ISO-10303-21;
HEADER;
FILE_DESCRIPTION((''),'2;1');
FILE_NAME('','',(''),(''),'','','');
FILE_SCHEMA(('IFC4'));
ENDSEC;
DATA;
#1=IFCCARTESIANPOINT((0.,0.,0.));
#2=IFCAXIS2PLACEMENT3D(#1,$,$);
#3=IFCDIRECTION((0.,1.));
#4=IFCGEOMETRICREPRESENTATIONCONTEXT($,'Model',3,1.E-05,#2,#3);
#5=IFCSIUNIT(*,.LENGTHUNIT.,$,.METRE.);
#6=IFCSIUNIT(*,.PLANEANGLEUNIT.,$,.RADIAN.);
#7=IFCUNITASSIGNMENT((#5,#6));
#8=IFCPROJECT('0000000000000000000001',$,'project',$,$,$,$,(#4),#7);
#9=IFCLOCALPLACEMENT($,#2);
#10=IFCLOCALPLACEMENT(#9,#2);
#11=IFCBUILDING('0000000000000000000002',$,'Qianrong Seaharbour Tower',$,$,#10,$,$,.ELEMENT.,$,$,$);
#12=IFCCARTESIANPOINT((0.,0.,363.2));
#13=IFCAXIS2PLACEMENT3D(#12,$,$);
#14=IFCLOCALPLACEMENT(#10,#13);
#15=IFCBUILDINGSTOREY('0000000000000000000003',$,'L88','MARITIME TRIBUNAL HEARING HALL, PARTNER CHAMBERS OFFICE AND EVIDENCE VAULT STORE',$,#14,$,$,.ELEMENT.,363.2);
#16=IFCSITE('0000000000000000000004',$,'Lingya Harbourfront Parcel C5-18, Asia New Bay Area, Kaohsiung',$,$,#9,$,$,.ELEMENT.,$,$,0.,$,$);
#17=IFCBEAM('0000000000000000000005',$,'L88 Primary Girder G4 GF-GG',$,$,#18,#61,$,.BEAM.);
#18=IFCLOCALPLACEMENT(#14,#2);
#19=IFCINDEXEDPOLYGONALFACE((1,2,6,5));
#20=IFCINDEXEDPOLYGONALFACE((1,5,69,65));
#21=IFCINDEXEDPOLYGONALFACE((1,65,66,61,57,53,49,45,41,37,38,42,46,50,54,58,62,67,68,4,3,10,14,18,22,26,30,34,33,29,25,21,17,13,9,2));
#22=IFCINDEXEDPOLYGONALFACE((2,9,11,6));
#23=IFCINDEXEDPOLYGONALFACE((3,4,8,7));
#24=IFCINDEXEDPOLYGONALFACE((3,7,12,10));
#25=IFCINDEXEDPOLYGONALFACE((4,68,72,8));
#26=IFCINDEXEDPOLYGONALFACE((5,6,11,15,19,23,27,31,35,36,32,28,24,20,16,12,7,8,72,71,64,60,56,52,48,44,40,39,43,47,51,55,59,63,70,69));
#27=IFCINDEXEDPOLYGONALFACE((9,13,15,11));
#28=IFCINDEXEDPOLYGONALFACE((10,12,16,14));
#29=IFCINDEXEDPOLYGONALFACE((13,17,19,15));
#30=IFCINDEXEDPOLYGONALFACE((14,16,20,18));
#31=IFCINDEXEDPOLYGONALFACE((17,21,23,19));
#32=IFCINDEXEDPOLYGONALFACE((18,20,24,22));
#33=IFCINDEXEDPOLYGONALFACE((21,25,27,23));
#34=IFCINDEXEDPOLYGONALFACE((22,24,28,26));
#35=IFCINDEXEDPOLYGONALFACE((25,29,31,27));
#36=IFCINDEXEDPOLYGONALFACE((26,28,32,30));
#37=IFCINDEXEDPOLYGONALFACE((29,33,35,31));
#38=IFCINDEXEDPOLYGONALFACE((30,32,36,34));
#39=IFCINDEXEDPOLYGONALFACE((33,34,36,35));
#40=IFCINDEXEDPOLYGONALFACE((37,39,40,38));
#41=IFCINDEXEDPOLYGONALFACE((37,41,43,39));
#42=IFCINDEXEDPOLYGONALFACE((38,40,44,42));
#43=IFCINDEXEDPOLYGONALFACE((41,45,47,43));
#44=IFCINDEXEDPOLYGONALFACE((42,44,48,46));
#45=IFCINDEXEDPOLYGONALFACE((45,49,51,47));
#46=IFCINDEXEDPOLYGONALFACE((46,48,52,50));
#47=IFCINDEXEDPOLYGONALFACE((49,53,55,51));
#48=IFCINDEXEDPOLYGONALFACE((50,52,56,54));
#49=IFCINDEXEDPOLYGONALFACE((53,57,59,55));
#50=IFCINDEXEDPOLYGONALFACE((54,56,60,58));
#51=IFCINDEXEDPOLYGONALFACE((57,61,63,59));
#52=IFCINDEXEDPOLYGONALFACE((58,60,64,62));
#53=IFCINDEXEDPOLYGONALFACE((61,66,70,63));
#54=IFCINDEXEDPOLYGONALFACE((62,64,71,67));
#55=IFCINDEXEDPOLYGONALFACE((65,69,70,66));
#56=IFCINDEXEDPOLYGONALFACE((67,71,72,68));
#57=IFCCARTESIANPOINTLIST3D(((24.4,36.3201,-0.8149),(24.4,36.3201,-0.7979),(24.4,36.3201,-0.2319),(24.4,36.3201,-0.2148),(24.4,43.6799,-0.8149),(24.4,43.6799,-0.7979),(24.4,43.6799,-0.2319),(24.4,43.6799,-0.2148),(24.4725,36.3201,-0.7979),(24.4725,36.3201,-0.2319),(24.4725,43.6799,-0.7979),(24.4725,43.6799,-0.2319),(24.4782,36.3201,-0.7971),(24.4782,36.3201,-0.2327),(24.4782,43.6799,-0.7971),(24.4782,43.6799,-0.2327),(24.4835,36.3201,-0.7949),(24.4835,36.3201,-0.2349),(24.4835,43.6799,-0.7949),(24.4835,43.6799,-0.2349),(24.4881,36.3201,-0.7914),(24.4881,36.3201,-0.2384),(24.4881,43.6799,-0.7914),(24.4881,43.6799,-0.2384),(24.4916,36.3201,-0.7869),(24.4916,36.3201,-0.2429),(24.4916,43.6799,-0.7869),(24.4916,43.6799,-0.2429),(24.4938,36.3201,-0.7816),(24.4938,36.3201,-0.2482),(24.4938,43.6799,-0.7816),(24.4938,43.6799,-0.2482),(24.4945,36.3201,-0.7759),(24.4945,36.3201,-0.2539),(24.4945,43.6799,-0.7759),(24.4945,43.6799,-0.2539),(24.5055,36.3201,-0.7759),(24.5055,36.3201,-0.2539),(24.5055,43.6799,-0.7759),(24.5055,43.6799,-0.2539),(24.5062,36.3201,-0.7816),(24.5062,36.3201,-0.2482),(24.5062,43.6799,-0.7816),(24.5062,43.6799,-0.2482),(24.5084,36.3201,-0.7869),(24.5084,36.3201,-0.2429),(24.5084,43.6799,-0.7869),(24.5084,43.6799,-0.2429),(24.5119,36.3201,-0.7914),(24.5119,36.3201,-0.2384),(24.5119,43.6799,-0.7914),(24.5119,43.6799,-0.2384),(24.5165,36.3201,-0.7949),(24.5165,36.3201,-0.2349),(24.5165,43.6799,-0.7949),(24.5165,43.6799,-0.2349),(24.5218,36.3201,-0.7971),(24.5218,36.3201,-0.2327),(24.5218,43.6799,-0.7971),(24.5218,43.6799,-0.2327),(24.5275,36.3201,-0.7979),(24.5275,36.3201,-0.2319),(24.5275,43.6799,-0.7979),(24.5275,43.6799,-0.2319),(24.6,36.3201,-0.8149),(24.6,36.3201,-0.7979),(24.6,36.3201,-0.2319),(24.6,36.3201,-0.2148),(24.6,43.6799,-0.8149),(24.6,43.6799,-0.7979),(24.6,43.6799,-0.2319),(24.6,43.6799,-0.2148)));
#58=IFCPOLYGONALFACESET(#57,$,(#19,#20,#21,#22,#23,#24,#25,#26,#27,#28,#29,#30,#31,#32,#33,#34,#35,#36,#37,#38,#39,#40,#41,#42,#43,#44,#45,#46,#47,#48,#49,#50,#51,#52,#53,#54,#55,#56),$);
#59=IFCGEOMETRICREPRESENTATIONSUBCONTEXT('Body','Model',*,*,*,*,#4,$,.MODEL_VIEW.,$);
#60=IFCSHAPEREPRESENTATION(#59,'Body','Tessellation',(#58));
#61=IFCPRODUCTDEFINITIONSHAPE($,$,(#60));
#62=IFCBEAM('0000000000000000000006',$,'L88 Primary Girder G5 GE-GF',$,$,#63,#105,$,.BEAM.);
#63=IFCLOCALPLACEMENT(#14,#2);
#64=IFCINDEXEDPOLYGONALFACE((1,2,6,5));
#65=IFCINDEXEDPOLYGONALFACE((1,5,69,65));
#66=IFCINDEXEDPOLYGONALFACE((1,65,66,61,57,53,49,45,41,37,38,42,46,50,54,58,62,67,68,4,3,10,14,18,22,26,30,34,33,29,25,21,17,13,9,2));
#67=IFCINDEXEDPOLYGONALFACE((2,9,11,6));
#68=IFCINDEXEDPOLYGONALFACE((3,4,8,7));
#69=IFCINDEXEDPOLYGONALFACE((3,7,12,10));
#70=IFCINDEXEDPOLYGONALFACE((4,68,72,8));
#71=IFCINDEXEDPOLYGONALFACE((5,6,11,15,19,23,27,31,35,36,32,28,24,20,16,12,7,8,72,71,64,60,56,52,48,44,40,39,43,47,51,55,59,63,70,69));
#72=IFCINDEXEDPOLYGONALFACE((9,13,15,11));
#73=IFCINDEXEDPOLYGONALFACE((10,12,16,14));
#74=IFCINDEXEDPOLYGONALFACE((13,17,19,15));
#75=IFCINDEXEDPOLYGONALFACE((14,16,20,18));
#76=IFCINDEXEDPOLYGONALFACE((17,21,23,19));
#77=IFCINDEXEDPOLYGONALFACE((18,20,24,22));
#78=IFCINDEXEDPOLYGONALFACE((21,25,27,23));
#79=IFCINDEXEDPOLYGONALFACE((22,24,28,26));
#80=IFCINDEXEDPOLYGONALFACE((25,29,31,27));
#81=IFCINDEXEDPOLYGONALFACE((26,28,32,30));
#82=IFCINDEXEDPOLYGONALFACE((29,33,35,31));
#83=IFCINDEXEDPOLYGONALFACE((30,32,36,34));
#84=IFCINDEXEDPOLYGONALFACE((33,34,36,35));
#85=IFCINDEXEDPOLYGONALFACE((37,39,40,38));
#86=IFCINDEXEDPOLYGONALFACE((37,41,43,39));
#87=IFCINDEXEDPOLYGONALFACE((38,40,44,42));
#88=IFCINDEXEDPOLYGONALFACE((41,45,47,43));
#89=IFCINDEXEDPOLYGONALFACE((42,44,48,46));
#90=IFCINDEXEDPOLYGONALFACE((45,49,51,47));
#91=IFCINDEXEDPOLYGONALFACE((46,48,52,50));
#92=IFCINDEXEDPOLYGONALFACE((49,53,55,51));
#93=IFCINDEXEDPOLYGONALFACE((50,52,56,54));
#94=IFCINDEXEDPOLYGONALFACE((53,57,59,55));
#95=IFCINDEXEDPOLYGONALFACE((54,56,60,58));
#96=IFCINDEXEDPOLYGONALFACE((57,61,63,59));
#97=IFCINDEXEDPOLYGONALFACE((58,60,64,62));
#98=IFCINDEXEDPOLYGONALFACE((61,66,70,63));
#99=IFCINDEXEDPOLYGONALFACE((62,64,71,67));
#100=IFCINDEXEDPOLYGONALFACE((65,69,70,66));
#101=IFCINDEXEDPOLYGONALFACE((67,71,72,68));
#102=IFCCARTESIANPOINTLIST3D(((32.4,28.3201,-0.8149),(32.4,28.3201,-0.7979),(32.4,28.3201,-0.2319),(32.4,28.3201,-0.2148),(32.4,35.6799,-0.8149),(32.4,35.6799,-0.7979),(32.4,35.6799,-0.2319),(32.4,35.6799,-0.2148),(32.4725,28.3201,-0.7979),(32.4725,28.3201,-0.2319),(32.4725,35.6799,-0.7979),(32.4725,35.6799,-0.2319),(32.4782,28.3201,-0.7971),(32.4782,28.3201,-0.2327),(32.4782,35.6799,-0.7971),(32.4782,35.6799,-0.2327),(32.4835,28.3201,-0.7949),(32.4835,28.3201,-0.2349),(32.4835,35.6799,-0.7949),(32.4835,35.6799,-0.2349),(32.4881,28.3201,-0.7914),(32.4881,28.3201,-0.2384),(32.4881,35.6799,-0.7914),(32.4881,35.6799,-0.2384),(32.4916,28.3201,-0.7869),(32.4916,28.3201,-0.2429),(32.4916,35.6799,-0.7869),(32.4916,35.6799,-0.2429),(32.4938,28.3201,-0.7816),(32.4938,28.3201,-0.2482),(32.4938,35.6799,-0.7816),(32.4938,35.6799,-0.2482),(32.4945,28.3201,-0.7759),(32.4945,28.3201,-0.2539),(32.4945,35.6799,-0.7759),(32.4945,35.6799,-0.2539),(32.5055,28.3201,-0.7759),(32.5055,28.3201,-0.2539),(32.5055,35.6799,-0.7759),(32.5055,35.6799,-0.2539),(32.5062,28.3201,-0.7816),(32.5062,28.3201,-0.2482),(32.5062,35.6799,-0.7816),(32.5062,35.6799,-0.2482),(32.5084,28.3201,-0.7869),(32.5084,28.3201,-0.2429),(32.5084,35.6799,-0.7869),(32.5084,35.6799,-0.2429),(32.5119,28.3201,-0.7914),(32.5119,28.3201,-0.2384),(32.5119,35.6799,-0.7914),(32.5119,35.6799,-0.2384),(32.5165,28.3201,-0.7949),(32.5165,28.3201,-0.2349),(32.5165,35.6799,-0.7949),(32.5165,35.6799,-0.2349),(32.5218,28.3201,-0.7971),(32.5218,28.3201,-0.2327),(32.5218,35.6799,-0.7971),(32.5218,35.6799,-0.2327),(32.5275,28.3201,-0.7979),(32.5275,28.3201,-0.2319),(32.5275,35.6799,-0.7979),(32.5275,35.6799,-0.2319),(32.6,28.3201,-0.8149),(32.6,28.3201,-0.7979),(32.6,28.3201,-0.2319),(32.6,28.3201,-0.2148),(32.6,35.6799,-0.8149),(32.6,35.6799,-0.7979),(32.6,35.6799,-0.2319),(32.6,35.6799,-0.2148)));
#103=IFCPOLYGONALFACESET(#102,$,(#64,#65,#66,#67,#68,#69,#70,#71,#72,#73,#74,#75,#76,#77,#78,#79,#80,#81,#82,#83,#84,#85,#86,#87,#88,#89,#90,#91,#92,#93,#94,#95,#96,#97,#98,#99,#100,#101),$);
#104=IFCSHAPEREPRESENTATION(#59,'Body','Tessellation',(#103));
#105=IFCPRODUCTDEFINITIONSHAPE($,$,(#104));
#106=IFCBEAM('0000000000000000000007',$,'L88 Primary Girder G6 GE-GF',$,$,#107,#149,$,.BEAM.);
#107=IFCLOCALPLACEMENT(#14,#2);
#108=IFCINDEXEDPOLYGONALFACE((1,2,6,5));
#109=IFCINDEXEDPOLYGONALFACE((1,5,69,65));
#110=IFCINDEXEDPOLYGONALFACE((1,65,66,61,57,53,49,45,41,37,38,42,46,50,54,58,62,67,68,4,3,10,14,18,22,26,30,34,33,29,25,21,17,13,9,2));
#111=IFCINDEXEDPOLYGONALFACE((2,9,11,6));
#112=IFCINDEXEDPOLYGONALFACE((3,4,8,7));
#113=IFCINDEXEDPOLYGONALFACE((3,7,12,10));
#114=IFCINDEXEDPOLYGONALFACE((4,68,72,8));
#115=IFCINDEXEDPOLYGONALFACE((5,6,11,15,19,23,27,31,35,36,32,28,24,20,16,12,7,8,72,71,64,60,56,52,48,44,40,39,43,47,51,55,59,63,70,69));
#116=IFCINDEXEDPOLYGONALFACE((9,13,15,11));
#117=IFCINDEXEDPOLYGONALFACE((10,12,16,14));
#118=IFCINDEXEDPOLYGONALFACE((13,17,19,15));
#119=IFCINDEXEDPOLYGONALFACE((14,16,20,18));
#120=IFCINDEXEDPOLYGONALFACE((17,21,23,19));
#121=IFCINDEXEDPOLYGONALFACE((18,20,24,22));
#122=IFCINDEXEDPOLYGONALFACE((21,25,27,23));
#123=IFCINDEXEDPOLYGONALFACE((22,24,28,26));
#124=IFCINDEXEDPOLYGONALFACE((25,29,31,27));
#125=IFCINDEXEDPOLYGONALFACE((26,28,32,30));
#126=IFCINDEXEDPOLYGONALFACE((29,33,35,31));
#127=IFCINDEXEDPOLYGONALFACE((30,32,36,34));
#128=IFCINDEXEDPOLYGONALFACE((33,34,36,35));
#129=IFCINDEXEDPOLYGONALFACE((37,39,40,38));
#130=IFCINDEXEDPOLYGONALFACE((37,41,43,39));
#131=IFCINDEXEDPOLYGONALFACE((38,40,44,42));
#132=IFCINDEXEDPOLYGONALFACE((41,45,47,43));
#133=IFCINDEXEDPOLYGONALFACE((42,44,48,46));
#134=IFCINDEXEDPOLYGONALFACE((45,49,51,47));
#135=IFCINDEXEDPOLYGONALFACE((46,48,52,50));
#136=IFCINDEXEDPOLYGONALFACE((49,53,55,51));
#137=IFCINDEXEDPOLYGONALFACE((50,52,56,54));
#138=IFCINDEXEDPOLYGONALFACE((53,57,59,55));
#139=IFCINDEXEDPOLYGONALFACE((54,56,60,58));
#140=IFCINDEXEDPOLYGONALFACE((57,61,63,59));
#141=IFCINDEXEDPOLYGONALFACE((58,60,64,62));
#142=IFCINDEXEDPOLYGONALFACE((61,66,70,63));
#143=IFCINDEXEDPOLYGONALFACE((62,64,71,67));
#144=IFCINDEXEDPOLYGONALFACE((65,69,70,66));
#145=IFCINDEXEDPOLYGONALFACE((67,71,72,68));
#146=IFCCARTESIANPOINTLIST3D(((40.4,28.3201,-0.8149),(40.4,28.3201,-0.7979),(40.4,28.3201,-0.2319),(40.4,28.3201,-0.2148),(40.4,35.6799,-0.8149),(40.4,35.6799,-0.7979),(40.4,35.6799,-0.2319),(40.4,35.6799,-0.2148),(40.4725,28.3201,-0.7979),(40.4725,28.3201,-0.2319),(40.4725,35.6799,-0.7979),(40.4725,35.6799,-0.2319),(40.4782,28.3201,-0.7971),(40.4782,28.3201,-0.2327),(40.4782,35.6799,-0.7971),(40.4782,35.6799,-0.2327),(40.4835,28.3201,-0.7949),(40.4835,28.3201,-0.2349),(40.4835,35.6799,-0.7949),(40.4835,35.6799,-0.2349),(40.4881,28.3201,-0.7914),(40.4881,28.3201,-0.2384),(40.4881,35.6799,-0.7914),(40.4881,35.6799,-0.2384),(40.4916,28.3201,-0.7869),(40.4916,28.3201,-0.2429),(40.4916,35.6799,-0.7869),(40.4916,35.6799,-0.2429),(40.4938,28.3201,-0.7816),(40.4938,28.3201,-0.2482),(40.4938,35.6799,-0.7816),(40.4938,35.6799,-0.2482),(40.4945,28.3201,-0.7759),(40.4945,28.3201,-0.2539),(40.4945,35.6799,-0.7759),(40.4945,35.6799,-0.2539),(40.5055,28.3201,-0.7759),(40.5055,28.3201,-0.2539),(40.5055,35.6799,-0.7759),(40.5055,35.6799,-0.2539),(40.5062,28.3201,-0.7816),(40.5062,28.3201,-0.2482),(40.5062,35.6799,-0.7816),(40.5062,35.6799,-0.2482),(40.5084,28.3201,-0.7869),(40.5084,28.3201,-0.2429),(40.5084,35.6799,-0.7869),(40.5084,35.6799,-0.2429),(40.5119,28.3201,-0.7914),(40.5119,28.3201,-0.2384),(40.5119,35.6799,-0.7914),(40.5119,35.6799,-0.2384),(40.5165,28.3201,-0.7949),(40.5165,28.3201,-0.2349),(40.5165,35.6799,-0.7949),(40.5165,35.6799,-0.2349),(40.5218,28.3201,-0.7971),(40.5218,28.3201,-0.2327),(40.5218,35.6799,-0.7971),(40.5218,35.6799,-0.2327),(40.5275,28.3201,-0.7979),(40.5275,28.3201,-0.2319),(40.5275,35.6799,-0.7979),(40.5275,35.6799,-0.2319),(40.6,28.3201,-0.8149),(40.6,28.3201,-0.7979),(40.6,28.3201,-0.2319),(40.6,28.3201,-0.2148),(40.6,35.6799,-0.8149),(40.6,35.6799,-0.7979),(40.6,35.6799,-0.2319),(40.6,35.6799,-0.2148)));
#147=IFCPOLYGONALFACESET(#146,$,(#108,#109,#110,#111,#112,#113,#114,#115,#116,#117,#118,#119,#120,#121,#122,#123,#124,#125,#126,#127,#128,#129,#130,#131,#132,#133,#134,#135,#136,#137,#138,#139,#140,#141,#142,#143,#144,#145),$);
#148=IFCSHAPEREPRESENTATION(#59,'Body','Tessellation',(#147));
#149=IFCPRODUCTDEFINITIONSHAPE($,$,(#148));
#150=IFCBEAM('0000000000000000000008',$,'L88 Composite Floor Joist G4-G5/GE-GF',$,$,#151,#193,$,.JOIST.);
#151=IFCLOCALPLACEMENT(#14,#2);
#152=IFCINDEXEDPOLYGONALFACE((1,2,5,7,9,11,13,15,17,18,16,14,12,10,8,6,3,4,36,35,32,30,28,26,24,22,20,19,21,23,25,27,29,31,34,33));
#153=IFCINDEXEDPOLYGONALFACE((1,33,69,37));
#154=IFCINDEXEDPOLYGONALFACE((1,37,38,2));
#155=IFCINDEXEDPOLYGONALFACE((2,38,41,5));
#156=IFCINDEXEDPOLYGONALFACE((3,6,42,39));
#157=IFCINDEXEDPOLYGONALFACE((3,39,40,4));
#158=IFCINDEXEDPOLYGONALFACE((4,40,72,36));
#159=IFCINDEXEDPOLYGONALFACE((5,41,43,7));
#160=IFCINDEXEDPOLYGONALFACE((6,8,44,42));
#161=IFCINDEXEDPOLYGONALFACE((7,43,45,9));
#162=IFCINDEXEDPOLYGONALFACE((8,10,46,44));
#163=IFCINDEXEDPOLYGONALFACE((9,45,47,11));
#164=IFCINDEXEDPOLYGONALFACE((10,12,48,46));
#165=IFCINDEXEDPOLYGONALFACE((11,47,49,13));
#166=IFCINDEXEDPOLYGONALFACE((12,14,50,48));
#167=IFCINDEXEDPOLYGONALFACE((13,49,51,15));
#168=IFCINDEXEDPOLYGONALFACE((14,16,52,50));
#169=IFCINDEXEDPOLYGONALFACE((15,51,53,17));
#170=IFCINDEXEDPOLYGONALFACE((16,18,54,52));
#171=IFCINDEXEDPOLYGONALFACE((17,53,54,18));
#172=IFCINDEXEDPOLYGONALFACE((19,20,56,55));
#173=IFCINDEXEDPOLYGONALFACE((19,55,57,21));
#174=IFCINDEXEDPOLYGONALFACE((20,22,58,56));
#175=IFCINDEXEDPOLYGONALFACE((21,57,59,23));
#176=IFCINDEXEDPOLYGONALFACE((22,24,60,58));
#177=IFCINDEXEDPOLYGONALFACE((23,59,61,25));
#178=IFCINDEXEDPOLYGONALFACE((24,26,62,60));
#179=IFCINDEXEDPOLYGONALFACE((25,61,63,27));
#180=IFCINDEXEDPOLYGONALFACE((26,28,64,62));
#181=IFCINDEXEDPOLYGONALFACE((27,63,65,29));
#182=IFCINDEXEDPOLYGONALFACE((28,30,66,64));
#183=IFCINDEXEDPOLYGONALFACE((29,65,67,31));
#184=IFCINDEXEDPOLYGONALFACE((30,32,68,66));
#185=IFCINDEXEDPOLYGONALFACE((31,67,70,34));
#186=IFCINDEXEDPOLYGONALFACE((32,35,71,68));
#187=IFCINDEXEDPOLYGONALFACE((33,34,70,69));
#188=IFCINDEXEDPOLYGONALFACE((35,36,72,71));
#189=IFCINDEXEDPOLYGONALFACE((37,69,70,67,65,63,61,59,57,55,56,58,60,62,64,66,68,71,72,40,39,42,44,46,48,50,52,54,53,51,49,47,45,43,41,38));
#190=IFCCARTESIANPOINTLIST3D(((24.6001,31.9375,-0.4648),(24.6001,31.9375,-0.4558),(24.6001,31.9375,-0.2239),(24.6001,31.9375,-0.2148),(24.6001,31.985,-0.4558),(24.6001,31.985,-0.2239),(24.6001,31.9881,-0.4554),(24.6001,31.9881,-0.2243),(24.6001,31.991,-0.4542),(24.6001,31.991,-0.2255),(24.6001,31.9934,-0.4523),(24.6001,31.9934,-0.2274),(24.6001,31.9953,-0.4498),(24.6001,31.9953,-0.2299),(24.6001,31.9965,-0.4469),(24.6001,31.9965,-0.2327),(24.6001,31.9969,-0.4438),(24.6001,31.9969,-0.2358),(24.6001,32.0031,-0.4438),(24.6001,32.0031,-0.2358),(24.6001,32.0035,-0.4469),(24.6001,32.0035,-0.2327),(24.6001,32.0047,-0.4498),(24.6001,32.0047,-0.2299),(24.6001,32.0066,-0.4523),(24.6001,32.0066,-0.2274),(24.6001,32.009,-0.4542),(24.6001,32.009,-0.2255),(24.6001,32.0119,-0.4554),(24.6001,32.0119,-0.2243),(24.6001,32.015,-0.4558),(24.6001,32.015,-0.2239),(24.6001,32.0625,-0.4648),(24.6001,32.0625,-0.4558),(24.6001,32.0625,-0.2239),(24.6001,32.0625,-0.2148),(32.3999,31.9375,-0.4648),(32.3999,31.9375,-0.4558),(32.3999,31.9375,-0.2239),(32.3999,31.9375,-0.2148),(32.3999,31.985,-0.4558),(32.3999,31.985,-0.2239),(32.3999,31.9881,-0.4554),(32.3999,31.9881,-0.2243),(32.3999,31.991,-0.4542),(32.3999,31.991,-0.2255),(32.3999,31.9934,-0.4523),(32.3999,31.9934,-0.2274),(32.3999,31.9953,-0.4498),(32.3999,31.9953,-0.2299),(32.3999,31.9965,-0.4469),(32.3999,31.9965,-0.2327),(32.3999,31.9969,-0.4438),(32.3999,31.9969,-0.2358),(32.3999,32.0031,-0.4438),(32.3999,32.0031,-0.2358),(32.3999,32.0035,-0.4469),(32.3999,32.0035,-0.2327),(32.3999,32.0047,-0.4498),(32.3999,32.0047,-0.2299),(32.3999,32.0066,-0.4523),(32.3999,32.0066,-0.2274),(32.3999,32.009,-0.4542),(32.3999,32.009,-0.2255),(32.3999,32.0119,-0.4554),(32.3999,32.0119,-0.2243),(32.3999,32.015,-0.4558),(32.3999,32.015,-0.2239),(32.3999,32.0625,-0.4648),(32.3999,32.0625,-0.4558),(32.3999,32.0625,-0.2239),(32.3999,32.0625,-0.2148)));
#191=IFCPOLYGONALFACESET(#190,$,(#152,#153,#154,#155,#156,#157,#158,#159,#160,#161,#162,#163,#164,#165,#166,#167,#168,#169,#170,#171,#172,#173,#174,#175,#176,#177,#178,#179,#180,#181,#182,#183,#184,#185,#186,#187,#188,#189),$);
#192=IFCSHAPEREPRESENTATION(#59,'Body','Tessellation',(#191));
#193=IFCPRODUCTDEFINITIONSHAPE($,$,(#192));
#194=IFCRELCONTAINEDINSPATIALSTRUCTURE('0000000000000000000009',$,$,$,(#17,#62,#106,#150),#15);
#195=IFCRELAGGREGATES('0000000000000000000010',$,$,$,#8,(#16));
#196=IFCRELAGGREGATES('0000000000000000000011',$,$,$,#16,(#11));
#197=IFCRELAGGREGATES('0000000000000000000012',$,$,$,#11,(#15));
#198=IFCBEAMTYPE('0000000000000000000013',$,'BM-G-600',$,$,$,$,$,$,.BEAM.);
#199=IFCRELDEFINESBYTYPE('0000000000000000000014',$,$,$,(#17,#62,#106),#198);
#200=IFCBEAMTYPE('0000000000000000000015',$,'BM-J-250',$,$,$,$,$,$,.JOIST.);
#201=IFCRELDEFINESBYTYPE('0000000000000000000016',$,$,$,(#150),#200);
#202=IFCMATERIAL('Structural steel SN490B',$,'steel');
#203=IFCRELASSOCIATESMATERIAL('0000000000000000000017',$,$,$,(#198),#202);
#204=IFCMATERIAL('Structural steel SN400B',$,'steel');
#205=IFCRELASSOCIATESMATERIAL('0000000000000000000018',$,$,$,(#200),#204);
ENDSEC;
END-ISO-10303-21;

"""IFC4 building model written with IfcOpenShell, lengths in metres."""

from ifc_helpers import new_model, si_unit, direction, frame, origin, origin_2d, place, context, subcontext, project, spatial, i_section, extrude, material, material_profile, profile_set, type_object, element, save


model = new_model("IFC4")

# Units and contexts
model_context = context("Model", 3, precision=1e-05, world=origin(), true_north=direction((0.0, 1.0)))
body_context = subcontext(model_context, "Body", "Model", "MODEL_VIEW")
ifc_project = project(units=[si_unit("LENGTHUNIT", "METRE"), si_unit("PLANEANGLEUNIT", "RADIAN")], contexts=[model_context])

# Site, building, storey
site_placement = place(None, origin())
site = spatial("IfcSite", under=ifc_project, at=site_placement, Name="Lingya Harbourfront Parcel C5-18, Asia New Bay Area, Kaohsiung", CompositionType="ELEMENT", RefElevation=0.0)
building_placement = place(site_placement, origin())
building = spatial("IfcBuilding", under=site, at=building_placement, Name="Qianrong Seaharbour Tower", CompositionType="ELEMENT")
storey_placement = place(building_placement, frame((0.0, 0.0, 363.2)))
storey = spatial("IfcBuildingStorey", under=building, at=storey_placement, Name="L88", Description="MARITIME TRIBUNAL HEARING HALL, PARTNER CHAMBERS OFFICE AND EVIDENCE VAULT STORE", CompositionType="ELEMENT", Elevation=363.2)

# Shared definitions
ifc_material_1 = material(Name="Structural steel SN490B", Category="steel")

# Beams
ifc_material_profile_1 = material_profile(ifc_material_1, i_section(OverallWidth=0.2, OverallDepth=0.6001, WebThickness=0.011, FlangeThickness=0.0171, FilletRadius=0.022, at=origin_2d()), Name="H600x200x11x17")
ifc_profile_set_1 = profile_set([ifc_material_profile_1], Name="Structural steel SN490B")
beam_type_1 = type_object("IfcBeamType", Name="BM-G-600", PredefinedType="BEAM", material=ifc_profile_set_1)
for number, where, z_axis, x_axis, name in (
    (1, (24.5, 36.3201, -0.5149), (0.0, 1.0, 0.0), (-1.0, 0.0, 0.0), "L88 Primary Girder G4 GF-GG"),
    (2, (32.5, 28.3201, -0.5149), (0.0, 1.0, 0.0), (-1.0, 0.0, 0.0), "L88 Primary Girder G5 GE-GF"),
    (3, (40.5, 28.3201, -0.5149), (0.0, 1.0, 0.0), (-1.0, 0.0, 0.0), "L88 Primary Girder G6 GE-GF"),
):
    element("IfcBeam", number, at=place(storey_placement, frame(where, z_axis=z_axis, x_axis=x_axis)), inside=storey, type_object=beam_type_1, Name=name, PredefinedType="BEAM", context=body_context, shape_type="SweptSolid", body=[
        extrude(i_section(OverallWidth=0.2, OverallDepth=0.6001, WebThickness=0.011, FlangeThickness=0.0171, FilletRadius=0.022, at=origin_2d()), origin(), (0.0, 0.0, 1.0), 7.3599),
    ])
ifc_material_2 = material(Name="Structural steel SN400B", Category="steel")
ifc_material_profile_2 = material_profile(ifc_material_2, i_section(OverallWidth=0.125, OverallDepth=0.25, WebThickness=0.0061, FlangeThickness=0.009, FilletRadius=0.012, at=origin_2d()), Name="H250x125x6x9")
ifc_profile_set_2 = profile_set([ifc_material_profile_2], Name="Structural steel SN400B")
beam_type_2 = type_object("IfcBeamType", Name="BM-J-250", PredefinedType="JOIST", material=ifc_profile_set_2)
for number, where, z_axis, x_axis, name in (
    (4, (24.6001, 32.0, -0.3398), (1.0, 0.0, 0.0), (0.0, 1.0, 0.0), "L88 Composite Floor Joist G4-G5/GE-GF"),
):
    element("IfcBeam", number, at=place(storey_placement, frame(where, z_axis=z_axis, x_axis=x_axis)), inside=storey, type_object=beam_type_2, Name=name, PredefinedType="JOIST", context=body_context, shape_type="SweptSolid", body=[
        extrude(i_section(OverallWidth=0.125, OverallDepth=0.25, WebThickness=0.0061, FlangeThickness=0.009, FilletRadius=0.012, at=origin_2d()), origin(), (0.0, 0.0, 1.0), 7.7998),
    ])

save(model, "model.ifc")
